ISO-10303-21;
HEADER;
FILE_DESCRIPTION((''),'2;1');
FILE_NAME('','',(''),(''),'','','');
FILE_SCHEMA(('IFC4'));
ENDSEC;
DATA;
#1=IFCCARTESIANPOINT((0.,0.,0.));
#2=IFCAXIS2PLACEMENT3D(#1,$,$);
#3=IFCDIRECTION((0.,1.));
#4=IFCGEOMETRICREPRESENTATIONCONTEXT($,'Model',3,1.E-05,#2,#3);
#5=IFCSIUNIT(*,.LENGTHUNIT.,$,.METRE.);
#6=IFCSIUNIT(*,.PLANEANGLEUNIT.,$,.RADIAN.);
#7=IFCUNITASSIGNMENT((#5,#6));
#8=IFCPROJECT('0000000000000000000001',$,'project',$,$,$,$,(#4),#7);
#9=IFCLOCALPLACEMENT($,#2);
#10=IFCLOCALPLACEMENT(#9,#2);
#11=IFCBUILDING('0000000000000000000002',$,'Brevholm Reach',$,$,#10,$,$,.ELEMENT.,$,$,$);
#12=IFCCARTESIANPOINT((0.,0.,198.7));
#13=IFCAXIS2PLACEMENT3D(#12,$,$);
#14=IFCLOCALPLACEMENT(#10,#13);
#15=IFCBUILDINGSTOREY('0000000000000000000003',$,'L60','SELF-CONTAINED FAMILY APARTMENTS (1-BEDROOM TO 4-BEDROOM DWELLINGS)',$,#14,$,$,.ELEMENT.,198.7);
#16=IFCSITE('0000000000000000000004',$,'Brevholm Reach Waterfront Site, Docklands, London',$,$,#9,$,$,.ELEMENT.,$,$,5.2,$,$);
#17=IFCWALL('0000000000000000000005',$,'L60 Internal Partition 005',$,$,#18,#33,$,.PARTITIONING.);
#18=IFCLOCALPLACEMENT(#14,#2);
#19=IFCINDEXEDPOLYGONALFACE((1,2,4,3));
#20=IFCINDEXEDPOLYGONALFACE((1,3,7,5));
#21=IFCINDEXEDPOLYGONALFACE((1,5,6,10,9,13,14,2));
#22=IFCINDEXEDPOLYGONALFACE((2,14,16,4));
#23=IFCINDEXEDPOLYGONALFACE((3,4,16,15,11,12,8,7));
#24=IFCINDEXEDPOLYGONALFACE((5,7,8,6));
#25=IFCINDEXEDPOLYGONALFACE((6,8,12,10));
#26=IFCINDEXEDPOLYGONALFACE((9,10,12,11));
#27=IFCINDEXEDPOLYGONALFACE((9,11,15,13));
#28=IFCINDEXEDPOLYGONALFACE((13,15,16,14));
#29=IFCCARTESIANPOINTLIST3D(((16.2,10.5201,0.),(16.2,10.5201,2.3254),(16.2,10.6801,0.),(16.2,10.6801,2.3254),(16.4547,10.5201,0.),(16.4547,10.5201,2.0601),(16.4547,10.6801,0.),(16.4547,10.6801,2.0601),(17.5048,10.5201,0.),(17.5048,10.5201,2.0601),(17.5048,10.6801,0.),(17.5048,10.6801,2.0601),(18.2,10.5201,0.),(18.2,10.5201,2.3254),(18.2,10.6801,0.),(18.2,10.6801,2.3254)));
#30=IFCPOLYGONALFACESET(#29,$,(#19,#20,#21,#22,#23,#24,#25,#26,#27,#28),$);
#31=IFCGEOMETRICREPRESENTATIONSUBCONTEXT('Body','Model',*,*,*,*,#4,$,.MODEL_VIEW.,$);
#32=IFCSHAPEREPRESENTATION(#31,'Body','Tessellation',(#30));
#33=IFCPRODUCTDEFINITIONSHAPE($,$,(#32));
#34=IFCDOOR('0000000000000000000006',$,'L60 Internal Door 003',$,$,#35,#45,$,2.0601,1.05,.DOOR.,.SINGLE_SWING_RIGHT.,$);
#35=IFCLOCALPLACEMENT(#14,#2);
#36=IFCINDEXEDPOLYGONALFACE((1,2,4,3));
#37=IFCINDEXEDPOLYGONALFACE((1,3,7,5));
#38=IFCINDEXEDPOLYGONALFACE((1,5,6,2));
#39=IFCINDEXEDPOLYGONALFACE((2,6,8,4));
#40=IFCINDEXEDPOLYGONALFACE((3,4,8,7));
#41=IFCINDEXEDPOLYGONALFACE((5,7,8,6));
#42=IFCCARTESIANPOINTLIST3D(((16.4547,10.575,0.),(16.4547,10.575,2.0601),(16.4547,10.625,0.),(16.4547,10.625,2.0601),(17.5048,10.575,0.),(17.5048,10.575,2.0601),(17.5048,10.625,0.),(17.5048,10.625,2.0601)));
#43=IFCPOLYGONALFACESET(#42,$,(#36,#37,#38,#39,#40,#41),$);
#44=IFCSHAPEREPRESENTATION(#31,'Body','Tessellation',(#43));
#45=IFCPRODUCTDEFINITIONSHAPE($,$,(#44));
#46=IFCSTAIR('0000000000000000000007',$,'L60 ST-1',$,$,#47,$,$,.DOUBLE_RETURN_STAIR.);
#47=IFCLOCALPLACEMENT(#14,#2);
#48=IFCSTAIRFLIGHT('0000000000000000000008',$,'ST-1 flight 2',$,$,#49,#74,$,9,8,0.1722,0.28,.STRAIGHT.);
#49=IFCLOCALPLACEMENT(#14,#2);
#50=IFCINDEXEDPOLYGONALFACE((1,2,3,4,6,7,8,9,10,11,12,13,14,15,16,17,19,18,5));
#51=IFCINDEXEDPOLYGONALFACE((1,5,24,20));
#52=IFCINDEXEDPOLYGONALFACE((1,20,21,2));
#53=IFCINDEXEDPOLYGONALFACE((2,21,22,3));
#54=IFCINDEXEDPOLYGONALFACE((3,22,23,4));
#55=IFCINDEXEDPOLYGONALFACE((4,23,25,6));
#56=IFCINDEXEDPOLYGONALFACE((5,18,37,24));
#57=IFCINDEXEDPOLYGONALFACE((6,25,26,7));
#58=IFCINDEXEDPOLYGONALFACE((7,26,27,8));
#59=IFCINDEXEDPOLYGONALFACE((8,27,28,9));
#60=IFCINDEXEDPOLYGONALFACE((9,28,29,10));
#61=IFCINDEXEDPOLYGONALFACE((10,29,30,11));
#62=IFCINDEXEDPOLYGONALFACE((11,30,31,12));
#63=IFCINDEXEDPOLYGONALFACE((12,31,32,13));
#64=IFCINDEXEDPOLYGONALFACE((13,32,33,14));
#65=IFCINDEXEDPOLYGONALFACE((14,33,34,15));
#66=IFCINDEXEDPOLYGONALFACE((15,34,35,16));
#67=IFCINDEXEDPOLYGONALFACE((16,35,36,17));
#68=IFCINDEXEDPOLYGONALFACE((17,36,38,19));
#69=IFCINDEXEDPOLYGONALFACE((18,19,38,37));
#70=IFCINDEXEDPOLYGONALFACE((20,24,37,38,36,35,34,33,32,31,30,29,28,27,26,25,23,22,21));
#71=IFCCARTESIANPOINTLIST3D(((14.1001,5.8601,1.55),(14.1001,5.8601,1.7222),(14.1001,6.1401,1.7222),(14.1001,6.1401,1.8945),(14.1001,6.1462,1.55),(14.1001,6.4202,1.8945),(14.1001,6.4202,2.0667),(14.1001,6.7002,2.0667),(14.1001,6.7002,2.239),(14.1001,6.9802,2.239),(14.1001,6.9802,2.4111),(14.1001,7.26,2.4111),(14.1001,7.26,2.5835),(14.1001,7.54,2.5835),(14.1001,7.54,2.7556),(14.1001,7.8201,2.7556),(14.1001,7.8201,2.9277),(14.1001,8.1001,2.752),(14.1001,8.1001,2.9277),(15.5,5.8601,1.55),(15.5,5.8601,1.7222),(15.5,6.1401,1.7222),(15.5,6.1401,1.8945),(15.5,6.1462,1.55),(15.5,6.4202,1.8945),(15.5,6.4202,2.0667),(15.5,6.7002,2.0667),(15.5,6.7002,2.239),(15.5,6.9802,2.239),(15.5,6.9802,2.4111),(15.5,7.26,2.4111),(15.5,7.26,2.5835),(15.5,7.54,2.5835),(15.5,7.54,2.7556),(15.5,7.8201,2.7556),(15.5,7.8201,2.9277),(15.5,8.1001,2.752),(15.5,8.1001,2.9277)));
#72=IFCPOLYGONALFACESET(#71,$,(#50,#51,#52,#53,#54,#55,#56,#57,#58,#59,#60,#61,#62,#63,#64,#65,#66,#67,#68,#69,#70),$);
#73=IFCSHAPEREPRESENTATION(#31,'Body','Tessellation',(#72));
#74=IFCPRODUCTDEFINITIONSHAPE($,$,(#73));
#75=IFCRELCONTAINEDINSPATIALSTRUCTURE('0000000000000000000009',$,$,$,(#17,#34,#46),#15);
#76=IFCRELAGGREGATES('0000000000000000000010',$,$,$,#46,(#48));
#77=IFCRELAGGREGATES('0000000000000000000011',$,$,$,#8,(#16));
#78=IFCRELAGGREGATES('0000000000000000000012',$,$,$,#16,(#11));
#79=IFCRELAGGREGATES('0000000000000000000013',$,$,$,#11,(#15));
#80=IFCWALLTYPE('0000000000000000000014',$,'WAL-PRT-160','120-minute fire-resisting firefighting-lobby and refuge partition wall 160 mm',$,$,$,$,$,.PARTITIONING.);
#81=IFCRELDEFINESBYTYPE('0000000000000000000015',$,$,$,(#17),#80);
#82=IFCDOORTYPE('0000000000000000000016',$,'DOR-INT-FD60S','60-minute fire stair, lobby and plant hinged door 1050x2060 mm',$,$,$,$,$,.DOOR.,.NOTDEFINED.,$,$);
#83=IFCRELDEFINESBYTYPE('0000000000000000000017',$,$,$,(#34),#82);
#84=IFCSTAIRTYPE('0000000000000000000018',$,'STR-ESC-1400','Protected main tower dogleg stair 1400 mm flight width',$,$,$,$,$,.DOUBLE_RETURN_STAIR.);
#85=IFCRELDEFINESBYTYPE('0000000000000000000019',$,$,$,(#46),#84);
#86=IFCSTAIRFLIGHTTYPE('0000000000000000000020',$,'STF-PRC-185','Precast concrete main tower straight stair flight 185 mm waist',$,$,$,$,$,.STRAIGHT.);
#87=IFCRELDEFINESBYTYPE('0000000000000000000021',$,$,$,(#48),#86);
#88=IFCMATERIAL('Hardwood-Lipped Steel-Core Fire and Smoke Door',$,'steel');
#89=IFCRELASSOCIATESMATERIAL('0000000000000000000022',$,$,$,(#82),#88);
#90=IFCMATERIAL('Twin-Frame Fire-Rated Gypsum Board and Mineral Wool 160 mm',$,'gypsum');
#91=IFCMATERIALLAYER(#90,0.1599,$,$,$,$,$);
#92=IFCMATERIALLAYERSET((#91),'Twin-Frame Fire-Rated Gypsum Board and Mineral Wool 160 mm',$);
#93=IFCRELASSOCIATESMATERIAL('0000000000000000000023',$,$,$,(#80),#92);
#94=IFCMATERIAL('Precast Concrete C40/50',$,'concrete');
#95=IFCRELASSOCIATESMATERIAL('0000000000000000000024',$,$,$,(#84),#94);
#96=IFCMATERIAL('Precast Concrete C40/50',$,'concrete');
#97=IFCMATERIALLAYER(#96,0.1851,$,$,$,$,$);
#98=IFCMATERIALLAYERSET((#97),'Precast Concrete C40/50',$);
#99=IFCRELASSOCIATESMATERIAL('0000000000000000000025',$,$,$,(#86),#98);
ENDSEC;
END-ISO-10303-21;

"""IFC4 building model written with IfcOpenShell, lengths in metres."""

from ifc_helpers import new_model, si_unit, direction, frame, frame_2d, origin, place, context, subcontext, project, spatial, polyline, rectangle, outline, extrude, material, layer, layer_set, type_object, element, fill, aggregate, save


model = new_model("IFC4")

# Units and contexts
model_context = context("Model", 3, precision=1e-05, world=origin(), true_north=direction((0.0, 1.0)))
body_context = subcontext(model_context, "Body", "Model", "MODEL_VIEW")
ifc_project = project(units=[si_unit("LENGTHUNIT", "METRE"), si_unit("PLANEANGLEUNIT", "RADIAN")], contexts=[model_context])

# Site, building, storey
site_placement = place(None, origin())
site = spatial("IfcSite", under=ifc_project, at=site_placement, Name="Brevholm Reach Waterfront Site, Docklands, London", CompositionType="ELEMENT", RefElevation=5.2)
building_placement = place(site_placement, origin())
building = spatial("IfcBuilding", under=site, at=building_placement, Name="Brevholm Reach", CompositionType="ELEMENT")
storey_placement = place(building_placement, frame((0.0, 0.0, 198.7)))
storey = spatial("IfcBuildingStorey", under=building, at=storey_placement, Name="L60", Description="SELF-CONTAINED FAMILY APARTMENTS (1-BEDROOM TO 4-BEDROOM DWELLINGS)", CompositionType="ELEMENT", Elevation=198.7)

# Shared definitions
ifc_material_1 = material(Name="Hardwood-Lipped Steel-Core Fire and Smoke Door", Category="steel")
door_type_1 = type_object("IfcDoorType", Name="DOR-INT-FD60S", Description="60-minute fire stair, lobby and plant hinged door 1050x2060 mm", OperationType="NOTDEFINED", PredefinedType="DOOR", material=ifc_material_1)

# Shared definitions
ifc_material_2 = material(Name="Twin-Frame Fire-Rated Gypsum Board and Mineral Wool 160 mm", Category="gypsum")
ifc_layer_1 = layer(ifc_material_2, 0.1599)
ifc_layer_set_1 = layer_set([ifc_layer_1], Name="Twin-Frame Fire-Rated Gypsum Board and Mineral Wool 160 mm")
wall_type_1 = type_object("IfcWallType", Name="WAL-PRT-160", Description="120-minute fire-resisting firefighting-lobby and refuge partition wall 160 mm", PredefinedType="PARTITIONING", material=ifc_layer_set_1)

# Wall, opening, door
wall_1_placement = place(storey_placement, frame((16.2, 10.6001, 0.0), z_axis=(0.0, 0.0, 1.0), x_axis=(1.0, 0.0, 0.0)))
wall_1 = element("IfcWall", 1, at=wall_1_placement, inside=storey, type_object=wall_type_1, Name="L60 Internal Partition 005", PredefinedType="PARTITIONING", context=body_context, shape_type="SweptSolid", body=[
    extrude(rectangle(XDim=2.0, YDim=0.1599, at=frame_2d((1.0, 0.0))), origin(), (0.0, 0.0, 1.0), 2.3254),
])
opening_1_placement = place(wall_1_placement, frame((0.2549, 0.0, 0.0)))
opening_1 = element("IfcOpeningElement", 2, at=opening_1_placement, cuts=wall_1, PredefinedType="OPENING", context=body_context, shape_type="SweptSolid", body=[
    extrude(rectangle(XDim=1.05, YDim=2.0601, at=frame_2d((0.5249, 1.03))), frame((0.0, 0.0898, 0.0), z_axis=(0.0, -1.0, 0.0), x_axis=(1.0, 0.0, 0.0)), (0.0, 0.0, 1.0), 0.1799),
])
door_1_placement = place(opening_1_placement, origin())
door_1 = element("IfcDoor", 3, at=door_1_placement, inside=storey, type_object=door_type_1, Name="L60 Internal Door 003", OperationType="SINGLE_SWING_RIGHT", OverallHeight=2.0601, OverallWidth=1.05, PredefinedType="DOOR", context=body_context, shape_type="SweptSolid", body=[
    extrude(rectangle(XDim=1.05, YDim=2.0601, at=frame_2d((0.5249, 1.03))), frame((0.0, 0.0249, 0.0), z_axis=(0.0, -1.0, 0.0), x_axis=(1.0, 0.0, 0.0)), (0.0, 0.0, 1.0), 0.05),
])
fill(opening_1, door_1)

# Stair, stair flight
ifc_material_3 = material(Name="Precast Concrete C40/50", Category="concrete")
stair_type = type_object("IfcStairType", Name="STR-ESC-1400", Description="Protected main tower dogleg stair 1400 mm flight width", PredefinedType="DOUBLE_RETURN_STAIR", material=ifc_material_3)
stair_placement = place(storey_placement, origin())
stair = element("IfcStair", 4, at=stair_placement, inside=storey, type_object=stair_type, Name="L60 ST-1", PredefinedType="DOUBLE_RETURN_STAIR")
ifc_material_4 = material(Name="Precast Concrete C40/50", Category="concrete")
ifc_layer_2 = layer(ifc_material_4, 0.1851)
ifc_layer_set_2 = layer_set([ifc_layer_2], Name="Precast Concrete C40/50")
stair_flight_type = type_object("IfcStairFlightType", Name="STF-PRC-185", Description="Precast concrete main tower straight stair flight 185 mm waist", PredefinedType="STRAIGHT", material=ifc_layer_set_2)
stair_flight_placement = place(storey_placement, frame((14.8, 5.8601, 1.55), z_axis=(0.0, 0.0, 1.0), x_axis=(0.0, 1.0, 0.0)))
stair_flight = element("IfcStairFlight", 5, at=stair_flight_placement, type_object=stair_flight_type, Name="ST-1 flight 2", NumberOfRisers=9, NumberOfTreads=8, PredefinedType="STRAIGHT", RiserHeight=0.1722, TreadLength=0.28, context=body_context, shape_type="SweptSolid", body=[
    extrude(outline(polyline([(0.0, 0.0), (0.0, 0.1721), (0.28, 0.1721), (0.28, 0.3445), (0.5601, 0.3445), (0.5601, 0.5166), (0.8401, 0.5166), (0.8401, 0.689), (1.1201, 0.689), (1.1201, 0.8611), (1.3999, 0.8611), (1.3999, 1.0334), (1.6799, 1.0334), (1.6799, 1.2056), (1.96, 1.2056), (1.96, 1.3777), (2.24, 1.3777), (2.24, 1.55), (2.24, 1.2019), (0.2861, 0.0), (0.0, 0.0)])), frame((0.0, 0.7, 0.0), z_axis=(0.0, -1.0, 0.0), x_axis=(1.0, 0.0, 0.0)), (0.0, 0.0, 1.0), 1.3999),
])
aggregate(stair, [stair_flight])

save(model, "model.ifc")
